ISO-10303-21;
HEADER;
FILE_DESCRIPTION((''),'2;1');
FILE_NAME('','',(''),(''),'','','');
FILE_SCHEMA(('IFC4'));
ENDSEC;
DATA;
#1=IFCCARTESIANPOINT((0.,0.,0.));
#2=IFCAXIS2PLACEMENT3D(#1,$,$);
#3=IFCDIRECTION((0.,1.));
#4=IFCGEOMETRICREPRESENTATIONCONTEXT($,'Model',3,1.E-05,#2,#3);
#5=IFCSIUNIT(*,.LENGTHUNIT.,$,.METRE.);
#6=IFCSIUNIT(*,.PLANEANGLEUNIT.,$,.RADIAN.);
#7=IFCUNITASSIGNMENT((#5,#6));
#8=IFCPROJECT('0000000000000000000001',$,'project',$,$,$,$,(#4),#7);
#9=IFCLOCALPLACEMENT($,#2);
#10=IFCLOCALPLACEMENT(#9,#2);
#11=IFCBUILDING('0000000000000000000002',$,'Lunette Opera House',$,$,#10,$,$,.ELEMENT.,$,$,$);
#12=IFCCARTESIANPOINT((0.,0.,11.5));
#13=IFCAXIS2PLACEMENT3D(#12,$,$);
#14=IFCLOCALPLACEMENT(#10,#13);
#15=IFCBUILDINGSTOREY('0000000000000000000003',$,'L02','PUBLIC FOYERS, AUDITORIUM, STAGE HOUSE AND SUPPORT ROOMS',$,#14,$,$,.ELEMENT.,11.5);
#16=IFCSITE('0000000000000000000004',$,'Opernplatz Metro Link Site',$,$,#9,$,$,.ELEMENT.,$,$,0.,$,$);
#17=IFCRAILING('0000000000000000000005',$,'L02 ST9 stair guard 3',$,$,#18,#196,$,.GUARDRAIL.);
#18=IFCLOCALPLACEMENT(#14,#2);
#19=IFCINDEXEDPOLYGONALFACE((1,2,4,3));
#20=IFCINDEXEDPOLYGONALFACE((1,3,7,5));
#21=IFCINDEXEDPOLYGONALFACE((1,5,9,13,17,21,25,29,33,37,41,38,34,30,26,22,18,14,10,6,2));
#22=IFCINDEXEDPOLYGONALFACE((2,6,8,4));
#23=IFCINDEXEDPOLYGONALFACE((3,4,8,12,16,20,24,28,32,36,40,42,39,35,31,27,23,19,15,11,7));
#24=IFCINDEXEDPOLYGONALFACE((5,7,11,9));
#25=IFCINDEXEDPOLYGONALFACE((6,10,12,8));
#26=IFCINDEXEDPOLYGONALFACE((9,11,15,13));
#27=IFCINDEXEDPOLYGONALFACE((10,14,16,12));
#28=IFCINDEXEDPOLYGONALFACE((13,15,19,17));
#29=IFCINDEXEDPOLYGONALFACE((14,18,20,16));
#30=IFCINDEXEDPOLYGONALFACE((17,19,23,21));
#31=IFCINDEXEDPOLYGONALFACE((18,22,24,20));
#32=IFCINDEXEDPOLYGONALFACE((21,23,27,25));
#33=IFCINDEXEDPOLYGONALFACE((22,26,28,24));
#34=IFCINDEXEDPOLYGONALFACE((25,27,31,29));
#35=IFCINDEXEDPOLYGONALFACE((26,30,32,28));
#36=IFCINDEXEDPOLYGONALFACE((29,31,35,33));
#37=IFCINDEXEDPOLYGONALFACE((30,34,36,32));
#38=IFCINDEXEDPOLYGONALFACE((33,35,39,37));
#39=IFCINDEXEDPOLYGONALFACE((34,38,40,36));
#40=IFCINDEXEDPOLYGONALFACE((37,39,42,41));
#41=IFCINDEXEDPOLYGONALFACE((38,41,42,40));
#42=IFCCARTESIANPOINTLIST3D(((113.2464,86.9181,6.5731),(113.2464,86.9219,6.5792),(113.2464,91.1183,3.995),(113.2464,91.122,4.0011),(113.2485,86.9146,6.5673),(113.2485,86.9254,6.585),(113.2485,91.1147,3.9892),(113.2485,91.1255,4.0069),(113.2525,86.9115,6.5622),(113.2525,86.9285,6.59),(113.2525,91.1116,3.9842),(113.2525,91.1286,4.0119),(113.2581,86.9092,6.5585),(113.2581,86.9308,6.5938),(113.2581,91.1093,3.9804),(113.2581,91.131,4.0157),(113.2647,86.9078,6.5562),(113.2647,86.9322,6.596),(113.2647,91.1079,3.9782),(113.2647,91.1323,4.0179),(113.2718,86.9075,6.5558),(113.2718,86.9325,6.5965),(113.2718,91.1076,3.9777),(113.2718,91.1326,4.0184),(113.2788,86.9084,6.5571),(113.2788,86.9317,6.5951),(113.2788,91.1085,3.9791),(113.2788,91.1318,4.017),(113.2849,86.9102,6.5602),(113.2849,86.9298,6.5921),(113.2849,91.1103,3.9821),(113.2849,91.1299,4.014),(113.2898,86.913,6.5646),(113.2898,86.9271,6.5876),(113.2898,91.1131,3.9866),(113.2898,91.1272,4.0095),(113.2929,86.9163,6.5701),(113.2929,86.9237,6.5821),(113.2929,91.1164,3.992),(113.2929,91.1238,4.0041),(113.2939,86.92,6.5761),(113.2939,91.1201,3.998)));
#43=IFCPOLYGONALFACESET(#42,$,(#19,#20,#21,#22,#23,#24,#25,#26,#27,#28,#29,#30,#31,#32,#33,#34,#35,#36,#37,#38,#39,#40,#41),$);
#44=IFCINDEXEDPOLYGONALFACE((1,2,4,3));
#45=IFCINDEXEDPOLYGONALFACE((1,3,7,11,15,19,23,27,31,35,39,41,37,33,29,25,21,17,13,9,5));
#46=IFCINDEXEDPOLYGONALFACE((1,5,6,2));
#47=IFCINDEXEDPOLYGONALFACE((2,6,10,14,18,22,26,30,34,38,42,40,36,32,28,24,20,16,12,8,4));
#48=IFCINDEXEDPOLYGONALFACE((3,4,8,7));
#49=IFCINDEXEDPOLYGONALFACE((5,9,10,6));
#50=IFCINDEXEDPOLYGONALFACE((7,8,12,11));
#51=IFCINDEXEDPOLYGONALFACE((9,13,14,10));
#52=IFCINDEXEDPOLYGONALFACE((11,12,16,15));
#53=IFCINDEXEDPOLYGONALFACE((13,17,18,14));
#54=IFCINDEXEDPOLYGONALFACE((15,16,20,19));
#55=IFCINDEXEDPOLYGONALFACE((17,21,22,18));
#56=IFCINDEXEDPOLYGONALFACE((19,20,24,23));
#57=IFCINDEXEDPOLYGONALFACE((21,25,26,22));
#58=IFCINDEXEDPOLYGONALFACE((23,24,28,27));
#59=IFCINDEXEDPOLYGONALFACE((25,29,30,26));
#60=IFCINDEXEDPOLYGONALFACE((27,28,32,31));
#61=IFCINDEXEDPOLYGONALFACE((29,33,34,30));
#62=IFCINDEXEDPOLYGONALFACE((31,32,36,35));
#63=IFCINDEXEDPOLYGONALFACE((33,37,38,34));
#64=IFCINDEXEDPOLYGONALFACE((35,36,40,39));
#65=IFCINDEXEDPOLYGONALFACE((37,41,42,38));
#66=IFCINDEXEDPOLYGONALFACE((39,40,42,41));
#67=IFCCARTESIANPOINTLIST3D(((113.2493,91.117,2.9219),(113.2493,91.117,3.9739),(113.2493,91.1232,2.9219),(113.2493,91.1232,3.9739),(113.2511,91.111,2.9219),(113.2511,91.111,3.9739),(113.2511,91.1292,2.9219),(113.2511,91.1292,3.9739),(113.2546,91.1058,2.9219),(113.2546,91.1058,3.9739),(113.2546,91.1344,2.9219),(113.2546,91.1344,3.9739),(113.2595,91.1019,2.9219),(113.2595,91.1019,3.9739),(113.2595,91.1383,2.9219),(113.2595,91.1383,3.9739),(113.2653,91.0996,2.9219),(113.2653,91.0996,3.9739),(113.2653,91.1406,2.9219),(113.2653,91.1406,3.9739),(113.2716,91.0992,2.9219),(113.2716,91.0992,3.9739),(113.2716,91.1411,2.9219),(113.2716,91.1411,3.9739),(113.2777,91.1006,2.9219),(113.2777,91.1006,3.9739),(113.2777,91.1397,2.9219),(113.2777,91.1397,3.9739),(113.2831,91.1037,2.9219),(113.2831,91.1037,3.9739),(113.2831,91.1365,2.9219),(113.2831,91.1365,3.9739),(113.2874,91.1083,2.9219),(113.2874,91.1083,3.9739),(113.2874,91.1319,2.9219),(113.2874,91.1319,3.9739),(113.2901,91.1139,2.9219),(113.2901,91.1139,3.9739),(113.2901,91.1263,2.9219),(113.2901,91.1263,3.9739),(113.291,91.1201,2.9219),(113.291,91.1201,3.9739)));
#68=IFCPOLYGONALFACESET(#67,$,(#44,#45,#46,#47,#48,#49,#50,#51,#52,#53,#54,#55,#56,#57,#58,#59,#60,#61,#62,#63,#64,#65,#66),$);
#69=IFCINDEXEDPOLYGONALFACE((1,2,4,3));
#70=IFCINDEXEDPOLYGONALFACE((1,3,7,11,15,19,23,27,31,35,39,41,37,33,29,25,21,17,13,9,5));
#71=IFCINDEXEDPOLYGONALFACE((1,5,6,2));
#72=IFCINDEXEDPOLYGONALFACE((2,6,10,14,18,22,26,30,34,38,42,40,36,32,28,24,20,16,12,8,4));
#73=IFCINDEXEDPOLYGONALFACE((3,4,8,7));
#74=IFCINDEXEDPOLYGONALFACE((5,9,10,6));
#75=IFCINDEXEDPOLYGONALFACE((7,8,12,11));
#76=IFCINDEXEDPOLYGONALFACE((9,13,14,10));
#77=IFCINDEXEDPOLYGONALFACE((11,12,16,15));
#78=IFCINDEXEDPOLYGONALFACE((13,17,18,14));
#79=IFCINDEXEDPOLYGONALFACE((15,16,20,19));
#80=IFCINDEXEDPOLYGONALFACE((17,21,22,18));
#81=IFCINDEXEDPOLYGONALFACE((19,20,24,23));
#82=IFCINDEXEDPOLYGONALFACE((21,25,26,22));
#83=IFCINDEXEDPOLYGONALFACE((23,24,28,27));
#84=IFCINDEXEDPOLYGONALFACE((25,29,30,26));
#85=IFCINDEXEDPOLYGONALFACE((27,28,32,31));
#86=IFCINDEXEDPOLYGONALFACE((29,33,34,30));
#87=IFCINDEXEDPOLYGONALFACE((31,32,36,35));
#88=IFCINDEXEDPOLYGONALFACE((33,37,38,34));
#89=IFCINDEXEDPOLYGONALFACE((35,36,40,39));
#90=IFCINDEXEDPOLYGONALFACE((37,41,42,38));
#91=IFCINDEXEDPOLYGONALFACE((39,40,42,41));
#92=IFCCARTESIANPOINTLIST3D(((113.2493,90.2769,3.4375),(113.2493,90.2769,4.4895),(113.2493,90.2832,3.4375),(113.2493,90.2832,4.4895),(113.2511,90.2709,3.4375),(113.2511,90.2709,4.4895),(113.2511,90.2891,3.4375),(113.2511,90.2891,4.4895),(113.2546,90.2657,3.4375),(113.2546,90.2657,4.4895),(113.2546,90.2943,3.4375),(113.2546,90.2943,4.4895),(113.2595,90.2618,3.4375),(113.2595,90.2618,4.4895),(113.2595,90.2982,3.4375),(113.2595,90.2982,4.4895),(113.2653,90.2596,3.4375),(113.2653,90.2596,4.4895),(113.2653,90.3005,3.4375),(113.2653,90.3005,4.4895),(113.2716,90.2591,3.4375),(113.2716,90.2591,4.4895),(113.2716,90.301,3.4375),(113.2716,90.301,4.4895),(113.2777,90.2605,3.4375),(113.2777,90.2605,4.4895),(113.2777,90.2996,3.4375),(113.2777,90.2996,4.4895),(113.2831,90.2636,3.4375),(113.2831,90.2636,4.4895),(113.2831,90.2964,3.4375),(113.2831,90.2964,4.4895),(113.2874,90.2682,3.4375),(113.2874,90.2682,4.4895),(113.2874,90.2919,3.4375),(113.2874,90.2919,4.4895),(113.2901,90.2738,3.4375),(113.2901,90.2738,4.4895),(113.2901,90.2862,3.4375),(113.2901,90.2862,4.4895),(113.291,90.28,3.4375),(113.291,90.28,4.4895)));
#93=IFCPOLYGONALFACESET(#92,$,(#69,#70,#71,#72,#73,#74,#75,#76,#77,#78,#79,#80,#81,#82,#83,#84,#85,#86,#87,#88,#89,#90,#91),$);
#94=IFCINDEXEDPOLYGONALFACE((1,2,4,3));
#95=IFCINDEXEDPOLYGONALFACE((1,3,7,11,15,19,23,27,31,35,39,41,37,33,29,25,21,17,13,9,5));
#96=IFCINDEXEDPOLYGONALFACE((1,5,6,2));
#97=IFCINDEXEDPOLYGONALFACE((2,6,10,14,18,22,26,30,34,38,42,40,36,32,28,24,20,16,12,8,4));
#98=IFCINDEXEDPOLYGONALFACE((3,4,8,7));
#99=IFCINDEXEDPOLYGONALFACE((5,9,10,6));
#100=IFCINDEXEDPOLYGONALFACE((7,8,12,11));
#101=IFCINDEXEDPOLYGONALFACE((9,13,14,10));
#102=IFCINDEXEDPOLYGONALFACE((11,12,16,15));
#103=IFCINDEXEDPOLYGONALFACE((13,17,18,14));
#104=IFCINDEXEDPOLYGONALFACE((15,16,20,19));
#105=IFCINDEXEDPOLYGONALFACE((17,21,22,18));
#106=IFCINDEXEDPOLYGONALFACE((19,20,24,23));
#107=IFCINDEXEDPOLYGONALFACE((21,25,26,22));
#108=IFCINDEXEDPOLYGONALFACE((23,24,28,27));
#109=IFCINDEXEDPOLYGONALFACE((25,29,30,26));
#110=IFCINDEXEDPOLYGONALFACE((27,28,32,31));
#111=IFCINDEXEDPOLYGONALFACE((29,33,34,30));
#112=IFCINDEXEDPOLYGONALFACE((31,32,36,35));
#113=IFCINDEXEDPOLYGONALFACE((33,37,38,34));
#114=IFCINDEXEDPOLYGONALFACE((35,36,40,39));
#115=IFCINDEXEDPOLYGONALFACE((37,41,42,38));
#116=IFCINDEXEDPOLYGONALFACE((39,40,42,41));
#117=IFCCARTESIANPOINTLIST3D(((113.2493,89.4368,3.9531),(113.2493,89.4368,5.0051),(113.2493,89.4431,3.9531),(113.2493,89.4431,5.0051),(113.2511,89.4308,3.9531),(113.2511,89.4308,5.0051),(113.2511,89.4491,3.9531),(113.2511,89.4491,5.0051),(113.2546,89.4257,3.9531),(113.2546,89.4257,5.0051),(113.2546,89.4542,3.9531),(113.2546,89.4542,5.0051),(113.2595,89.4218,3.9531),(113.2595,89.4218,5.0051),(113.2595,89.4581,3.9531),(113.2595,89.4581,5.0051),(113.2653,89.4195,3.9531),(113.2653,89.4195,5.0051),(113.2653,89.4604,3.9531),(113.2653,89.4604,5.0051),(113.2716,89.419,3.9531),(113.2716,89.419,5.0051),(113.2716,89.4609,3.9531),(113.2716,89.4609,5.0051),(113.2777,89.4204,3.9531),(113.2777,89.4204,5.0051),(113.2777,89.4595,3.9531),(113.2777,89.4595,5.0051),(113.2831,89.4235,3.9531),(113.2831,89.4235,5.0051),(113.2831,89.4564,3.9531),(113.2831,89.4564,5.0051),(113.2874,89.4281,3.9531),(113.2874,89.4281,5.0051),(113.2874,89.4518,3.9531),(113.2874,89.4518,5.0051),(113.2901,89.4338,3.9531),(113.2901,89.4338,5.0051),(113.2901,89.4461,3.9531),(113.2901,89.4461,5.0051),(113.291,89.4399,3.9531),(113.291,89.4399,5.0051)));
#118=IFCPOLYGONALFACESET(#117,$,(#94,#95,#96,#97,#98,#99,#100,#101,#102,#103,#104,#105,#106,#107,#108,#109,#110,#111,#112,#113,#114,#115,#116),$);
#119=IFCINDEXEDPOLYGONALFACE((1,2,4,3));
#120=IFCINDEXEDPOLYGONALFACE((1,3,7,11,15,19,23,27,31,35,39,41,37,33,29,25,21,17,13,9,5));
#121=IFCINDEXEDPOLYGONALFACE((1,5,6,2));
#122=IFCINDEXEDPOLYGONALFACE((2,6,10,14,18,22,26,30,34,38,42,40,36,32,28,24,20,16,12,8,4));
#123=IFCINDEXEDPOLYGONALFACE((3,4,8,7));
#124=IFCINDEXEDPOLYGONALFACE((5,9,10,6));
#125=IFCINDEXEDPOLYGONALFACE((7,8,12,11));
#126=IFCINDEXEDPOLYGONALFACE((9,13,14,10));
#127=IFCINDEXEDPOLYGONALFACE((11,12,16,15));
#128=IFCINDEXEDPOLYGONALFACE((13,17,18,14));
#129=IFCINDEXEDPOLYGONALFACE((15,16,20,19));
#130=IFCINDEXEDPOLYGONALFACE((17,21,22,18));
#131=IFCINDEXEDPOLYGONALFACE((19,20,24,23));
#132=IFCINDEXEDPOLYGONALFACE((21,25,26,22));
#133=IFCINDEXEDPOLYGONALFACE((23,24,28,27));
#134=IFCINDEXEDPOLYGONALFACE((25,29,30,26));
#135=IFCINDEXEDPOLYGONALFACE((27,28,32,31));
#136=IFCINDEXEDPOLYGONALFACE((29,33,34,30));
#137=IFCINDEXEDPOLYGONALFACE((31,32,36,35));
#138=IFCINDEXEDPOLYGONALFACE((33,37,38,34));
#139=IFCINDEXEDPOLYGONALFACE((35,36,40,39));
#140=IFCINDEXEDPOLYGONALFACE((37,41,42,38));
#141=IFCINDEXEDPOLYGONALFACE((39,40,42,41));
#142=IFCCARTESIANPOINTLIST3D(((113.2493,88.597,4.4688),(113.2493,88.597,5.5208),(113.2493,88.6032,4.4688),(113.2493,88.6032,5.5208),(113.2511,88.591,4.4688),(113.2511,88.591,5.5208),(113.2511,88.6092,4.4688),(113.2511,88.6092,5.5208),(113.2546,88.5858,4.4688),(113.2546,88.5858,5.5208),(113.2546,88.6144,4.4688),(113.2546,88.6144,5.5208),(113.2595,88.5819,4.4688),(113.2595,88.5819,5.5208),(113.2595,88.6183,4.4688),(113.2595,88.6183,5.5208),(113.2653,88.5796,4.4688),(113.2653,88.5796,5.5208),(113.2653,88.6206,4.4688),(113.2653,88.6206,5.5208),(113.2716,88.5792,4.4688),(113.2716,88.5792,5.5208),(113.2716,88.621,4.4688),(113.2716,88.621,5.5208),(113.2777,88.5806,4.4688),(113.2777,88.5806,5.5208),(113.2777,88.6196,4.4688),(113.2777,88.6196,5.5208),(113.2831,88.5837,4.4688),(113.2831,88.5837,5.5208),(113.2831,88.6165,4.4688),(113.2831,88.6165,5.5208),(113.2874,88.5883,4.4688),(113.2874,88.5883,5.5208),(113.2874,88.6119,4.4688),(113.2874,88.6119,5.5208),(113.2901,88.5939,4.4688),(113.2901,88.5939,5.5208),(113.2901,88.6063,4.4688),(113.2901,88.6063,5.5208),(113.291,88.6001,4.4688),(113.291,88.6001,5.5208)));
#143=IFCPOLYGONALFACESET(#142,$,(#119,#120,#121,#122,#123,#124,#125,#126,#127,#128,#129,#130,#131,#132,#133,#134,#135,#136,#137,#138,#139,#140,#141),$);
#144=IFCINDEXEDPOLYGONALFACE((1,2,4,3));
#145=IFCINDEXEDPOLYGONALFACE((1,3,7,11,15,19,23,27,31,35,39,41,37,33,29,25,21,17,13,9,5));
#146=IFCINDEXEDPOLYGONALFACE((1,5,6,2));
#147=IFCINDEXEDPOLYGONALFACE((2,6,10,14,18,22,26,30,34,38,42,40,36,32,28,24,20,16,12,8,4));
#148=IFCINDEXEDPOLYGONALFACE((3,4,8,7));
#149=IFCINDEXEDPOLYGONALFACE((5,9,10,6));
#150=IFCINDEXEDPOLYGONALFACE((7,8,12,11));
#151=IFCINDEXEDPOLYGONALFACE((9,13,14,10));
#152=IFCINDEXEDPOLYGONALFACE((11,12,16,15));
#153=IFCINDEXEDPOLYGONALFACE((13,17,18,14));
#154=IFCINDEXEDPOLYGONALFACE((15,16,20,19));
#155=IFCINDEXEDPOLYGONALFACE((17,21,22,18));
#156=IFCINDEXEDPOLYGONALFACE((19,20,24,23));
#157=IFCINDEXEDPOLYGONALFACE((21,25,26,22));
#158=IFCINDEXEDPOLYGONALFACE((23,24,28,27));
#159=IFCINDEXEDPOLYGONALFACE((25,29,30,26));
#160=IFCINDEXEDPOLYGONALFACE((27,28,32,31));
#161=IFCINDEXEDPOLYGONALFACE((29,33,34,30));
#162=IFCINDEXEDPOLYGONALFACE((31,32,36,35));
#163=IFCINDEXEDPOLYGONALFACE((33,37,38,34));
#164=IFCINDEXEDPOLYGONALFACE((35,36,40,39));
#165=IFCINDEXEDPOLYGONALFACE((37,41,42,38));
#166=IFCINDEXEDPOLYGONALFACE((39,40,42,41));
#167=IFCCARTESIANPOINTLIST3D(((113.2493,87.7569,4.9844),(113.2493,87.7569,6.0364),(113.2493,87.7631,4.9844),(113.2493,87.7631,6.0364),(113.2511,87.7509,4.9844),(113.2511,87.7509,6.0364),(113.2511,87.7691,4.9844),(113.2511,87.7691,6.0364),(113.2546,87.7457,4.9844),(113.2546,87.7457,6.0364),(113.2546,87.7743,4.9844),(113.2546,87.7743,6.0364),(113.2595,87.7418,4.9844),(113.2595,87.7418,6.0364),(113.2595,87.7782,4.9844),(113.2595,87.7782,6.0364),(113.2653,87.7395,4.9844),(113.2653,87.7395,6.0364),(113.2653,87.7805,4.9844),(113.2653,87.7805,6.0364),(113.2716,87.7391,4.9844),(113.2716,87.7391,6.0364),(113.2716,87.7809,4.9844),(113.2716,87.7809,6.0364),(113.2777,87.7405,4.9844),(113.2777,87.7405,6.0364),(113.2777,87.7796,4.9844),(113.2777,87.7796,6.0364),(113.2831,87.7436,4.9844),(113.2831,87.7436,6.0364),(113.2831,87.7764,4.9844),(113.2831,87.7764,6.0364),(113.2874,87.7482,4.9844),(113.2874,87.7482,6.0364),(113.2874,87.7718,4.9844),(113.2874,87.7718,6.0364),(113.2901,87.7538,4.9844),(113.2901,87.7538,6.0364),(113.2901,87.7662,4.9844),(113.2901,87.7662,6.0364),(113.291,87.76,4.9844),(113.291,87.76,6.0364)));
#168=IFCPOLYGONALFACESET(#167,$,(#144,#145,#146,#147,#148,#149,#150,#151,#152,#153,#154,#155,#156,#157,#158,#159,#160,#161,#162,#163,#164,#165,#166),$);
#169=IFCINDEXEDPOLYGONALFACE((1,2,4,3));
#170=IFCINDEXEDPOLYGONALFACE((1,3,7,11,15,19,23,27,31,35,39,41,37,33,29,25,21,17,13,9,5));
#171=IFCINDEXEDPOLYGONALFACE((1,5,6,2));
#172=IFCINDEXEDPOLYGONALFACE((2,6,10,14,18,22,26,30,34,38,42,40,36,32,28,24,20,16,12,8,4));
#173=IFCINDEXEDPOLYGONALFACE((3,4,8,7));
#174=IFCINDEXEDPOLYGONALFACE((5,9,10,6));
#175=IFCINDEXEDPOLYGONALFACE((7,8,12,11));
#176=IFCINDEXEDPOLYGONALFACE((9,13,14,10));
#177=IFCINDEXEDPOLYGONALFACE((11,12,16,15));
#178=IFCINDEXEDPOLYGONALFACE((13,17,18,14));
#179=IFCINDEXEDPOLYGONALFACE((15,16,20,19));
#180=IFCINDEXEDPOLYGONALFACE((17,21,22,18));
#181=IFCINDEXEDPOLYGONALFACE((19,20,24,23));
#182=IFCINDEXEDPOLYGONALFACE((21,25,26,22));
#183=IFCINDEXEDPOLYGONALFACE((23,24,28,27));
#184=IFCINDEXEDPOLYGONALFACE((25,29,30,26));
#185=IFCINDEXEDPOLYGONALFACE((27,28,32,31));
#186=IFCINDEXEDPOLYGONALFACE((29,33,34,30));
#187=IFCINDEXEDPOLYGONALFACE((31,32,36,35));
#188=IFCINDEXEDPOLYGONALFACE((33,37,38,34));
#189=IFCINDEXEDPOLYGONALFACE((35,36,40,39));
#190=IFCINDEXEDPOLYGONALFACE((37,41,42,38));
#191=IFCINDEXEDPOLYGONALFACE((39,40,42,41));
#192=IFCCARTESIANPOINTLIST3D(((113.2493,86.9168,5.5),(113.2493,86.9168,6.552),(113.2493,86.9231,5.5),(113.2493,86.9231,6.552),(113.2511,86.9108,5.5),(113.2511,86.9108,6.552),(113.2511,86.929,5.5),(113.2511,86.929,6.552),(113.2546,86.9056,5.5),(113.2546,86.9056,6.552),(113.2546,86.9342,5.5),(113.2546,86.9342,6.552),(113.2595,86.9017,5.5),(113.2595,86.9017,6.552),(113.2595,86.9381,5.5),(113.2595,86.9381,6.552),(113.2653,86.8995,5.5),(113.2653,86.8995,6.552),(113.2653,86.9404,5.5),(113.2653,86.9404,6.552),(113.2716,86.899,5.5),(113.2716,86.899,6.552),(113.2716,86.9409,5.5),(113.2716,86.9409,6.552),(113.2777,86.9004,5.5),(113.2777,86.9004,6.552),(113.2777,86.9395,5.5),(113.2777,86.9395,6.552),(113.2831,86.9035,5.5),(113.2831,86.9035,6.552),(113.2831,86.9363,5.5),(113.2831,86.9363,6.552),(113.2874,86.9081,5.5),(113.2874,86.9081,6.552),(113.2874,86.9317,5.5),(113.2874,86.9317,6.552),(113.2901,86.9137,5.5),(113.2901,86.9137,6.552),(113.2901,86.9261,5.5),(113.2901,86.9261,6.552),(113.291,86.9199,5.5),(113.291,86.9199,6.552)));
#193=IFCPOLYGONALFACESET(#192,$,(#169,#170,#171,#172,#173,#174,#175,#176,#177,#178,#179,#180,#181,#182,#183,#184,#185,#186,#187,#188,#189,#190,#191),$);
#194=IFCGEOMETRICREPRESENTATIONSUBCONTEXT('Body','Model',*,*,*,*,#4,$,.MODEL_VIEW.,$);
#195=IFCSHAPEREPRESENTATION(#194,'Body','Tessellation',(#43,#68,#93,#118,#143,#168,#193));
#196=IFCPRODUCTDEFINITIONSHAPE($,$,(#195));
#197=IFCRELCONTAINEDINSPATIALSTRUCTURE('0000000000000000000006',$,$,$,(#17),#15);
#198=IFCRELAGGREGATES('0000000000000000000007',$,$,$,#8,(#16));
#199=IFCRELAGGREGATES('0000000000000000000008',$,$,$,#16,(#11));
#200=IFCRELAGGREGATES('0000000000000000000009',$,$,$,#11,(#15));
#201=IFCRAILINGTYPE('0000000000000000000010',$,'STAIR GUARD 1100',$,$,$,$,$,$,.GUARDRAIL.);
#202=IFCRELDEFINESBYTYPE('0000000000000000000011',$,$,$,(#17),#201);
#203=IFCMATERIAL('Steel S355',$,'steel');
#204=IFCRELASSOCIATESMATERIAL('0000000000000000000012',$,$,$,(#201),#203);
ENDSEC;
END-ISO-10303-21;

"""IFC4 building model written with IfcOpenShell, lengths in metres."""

from ifc_helpers import new_model, si_unit, direction, frame, origin, origin_2d, place, context, subcontext, project, spatial, circle, extrude, material, type_object, element, save


model = new_model("IFC4")

# Units and contexts
model_context = context("Model", 3, precision=1e-05, world=origin(), true_north=direction((0.0, 1.0)))
body_context = subcontext(model_context, "Body", "Model", "MODEL_VIEW")
ifc_project = project(units=[si_unit("LENGTHUNIT", "METRE"), si_unit("PLANEANGLEUNIT", "RADIAN")], contexts=[model_context])

# Site, building, storey
site_placement = place(None, origin())
site = spatial("IfcSite", under=ifc_project, at=site_placement, Name="Opernplatz Metro Link Site", CompositionType="ELEMENT", RefElevation=0.0)
building_placement = place(site_placement, origin())
building = spatial("IfcBuilding", under=site, at=building_placement, Name="Lunette Opera House", CompositionType="ELEMENT")
storey_placement = place(building_placement, frame((0.0, 0.0, 11.5)))
storey = spatial("IfcBuildingStorey", under=building, at=storey_placement, Name="L02", Description="PUBLIC FOYERS, AUDITORIUM, STAGE HOUSE AND SUPPORT ROOMS", CompositionType="ELEMENT", Elevation=11.5)

# Railing
ifc_material_1 = material(Name="Steel S355", Category="steel")
railing_type_1 = type_object("IfcRailingType", Name="STAIR GUARD 1100", PredefinedType="GUARDRAIL", material=ifc_material_1)
railing_1_placement = place(storey_placement, frame((113.27, 91.1201, 2.9219)))
element("IfcRailing", 1, at=railing_1_placement, inside=storey, type_object=railing_type_1, Name="L02 ST9 stair guard 3", PredefinedType="GUARDRAIL", context=body_context, shape_type="SweptSolid", body=[
    extrude(circle(Radius=0.0239, at=origin_2d()), frame((0.0, 0.0, 1.0762), z_axis=(0.0, -0.852256, 0.523124), x_axis=(1.0, 0.0, 0.0)), (0.0, 0.0, 1.0), 4.9282),
    extrude(circle(Radius=0.021, at=origin_2d()), origin(), (0.0, 0.0, 1.0), 1.052),
    extrude(circle(Radius=0.021, at=origin_2d()), frame((0.0, -0.8401, 0.5156)), (0.0, 0.0, 1.0), 1.052),
    extrude(circle(Radius=0.021, at=origin_2d()), frame((0.0, -1.6802, 1.0312)), (0.0, 0.0, 1.0), 1.052),
    extrude(circle(Radius=0.021, at=origin_2d()), frame((0.0, -2.52, 1.5469)), (0.0, 0.0, 1.0), 1.052),
    extrude(circle(Radius=0.021, at=origin_2d()), frame((0.0, -3.3601, 2.0625)), (0.0, 0.0, 1.0), 1.052),
    extrude(circle(Radius=0.021, at=origin_2d()), frame((0.0, -4.2002, 2.5781)), (0.0, 0.0, 1.0), 1.052),
])

save(model, "model.ifc")
